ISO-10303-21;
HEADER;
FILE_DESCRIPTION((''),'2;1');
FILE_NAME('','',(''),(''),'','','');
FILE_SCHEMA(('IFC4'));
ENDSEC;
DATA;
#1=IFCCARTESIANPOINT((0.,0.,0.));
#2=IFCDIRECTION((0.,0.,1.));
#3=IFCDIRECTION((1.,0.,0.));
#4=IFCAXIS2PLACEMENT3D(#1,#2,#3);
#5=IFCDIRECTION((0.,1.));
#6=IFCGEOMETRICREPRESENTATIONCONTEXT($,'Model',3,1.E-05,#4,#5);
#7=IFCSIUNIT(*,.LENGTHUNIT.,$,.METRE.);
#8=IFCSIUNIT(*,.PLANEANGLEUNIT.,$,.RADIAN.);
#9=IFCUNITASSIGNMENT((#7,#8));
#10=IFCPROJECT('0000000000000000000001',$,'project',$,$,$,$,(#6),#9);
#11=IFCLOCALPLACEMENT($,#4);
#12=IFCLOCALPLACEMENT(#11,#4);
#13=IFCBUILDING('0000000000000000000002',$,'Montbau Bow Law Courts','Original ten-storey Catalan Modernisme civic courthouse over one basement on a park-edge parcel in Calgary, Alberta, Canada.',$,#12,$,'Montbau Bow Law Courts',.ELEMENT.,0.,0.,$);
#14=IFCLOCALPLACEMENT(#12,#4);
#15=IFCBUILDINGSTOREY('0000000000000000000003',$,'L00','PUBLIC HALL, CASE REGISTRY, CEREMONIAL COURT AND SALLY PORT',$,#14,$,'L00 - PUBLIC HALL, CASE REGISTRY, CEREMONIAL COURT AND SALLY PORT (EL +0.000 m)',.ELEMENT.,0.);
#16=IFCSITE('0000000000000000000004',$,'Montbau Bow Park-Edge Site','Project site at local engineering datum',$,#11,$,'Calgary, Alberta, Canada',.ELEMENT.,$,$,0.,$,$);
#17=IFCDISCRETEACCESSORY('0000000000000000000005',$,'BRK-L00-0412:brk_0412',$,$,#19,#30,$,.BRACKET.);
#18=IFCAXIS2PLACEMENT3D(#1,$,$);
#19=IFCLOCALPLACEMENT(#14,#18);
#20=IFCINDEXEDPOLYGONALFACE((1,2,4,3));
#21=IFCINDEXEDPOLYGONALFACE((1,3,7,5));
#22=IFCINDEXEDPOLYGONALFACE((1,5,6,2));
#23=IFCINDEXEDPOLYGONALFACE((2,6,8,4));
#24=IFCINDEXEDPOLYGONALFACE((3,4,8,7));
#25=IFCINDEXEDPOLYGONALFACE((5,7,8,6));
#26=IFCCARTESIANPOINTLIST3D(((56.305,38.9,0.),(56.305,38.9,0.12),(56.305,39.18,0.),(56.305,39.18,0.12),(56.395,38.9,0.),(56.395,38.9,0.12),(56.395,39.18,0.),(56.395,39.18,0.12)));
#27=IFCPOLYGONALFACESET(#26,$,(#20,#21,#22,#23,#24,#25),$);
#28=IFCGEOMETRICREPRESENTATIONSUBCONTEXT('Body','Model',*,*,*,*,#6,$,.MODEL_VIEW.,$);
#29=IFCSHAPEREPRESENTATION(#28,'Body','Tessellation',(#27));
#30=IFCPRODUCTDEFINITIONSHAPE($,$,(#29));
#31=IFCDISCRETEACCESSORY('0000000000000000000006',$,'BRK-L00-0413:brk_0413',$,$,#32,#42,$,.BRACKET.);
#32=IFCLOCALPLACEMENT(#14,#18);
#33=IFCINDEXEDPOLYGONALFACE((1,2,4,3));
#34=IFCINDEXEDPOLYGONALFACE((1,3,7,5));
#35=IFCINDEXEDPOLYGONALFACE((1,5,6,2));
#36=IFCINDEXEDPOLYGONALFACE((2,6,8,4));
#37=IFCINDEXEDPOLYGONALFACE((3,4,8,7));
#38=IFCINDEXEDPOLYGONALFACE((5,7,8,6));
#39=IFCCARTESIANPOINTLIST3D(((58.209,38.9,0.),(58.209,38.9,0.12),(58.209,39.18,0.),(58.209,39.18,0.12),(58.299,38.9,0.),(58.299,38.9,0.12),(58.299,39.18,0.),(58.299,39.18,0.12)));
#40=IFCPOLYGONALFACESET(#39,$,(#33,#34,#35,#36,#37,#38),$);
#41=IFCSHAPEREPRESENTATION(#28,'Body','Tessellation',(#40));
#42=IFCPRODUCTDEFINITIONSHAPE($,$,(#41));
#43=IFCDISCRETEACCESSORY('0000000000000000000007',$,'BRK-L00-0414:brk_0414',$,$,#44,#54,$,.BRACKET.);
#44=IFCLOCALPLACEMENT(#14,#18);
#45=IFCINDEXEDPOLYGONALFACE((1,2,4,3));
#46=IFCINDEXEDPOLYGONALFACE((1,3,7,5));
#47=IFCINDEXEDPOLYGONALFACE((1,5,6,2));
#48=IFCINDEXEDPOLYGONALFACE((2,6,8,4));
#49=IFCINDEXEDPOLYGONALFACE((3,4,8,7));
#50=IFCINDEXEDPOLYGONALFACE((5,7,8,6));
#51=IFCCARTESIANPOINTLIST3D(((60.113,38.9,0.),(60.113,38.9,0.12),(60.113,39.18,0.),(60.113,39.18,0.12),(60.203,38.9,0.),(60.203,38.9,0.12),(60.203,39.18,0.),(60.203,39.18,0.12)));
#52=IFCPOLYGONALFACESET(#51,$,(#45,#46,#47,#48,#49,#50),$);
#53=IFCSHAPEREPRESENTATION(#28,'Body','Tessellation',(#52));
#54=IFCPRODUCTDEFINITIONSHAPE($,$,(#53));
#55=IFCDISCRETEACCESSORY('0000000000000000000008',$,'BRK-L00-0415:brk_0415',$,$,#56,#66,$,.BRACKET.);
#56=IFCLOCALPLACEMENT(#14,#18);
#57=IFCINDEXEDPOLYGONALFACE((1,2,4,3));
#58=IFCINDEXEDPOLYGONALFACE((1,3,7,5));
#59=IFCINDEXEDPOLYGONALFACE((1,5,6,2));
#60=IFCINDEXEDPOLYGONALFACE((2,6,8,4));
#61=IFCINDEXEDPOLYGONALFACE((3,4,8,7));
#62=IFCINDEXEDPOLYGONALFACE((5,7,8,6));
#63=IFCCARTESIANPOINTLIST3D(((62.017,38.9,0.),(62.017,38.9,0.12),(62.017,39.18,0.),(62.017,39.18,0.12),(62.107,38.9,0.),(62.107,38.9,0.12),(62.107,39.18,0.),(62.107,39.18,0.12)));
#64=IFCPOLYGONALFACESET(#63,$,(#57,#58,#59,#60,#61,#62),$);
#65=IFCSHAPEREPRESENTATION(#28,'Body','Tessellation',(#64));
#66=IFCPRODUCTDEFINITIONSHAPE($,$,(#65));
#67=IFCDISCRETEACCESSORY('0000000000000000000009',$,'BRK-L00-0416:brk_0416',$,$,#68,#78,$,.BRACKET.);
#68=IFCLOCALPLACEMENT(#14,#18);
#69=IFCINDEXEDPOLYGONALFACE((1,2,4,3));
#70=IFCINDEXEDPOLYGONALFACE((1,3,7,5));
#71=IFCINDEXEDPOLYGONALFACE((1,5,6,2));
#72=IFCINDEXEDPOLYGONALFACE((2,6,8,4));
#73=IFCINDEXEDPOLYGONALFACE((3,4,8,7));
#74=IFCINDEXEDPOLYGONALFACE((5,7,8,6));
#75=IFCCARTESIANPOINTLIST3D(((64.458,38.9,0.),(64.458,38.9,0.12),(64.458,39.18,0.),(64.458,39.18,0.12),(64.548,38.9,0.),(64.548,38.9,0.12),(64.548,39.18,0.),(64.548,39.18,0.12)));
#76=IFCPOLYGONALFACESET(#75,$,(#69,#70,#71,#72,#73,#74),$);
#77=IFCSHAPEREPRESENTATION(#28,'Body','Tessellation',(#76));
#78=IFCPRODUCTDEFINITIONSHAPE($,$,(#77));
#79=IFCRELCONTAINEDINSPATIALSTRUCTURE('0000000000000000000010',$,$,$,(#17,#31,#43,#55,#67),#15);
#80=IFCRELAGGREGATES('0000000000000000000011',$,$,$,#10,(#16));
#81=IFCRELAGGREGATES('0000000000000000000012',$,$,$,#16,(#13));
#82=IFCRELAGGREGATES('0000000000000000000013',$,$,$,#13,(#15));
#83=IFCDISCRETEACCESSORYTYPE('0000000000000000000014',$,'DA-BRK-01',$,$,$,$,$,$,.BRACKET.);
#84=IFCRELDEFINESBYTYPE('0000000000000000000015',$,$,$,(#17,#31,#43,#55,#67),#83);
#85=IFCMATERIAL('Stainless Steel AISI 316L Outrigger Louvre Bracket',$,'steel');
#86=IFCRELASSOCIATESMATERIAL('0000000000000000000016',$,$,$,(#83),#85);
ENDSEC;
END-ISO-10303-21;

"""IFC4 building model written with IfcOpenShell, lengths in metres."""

from ifc_helpers import new_model, si_unit, direction, frame, origin_with_axes, origin_2d_with_axis, place, context, subcontext, project, spatial, rectangle, extrude, material, type_object, element, save


model = new_model("IFC4")

# Units and contexts
model_context = context("Model", 3, precision=1e-05, world=origin_with_axes(), true_north=direction((0.0, 1.0)))
body_context = subcontext(model_context, "Body", "Model", "MODEL_VIEW")
ifc_project = project(units=[si_unit("LENGTHUNIT", "METRE"), si_unit("PLANEANGLEUNIT", "RADIAN")], contexts=[model_context])

# Site, building, storey
site_placement = place(None, origin_with_axes())
site = spatial("IfcSite", under=ifc_project, at=site_placement, Name="Montbau Bow Park-Edge Site", Description="Project site at local engineering datum", LongName="Calgary, Alberta, Canada", CompositionType="ELEMENT", RefElevation=0.0)
building_placement = place(site_placement, origin_with_axes())
building = spatial("IfcBuilding", under=site, at=building_placement, Name="Montbau Bow Law Courts", Description="Original ten-storey Catalan Modernisme civic courthouse over one basement on a park-edge parcel in Calgary, Alberta, Canada.", LongName="Montbau Bow Law Courts", CompositionType="ELEMENT", ElevationOfRefHeight=0.0, ElevationOfTerrain=0.0)
storey_placement = place(building_placement, origin_with_axes())
storey = spatial("IfcBuildingStorey", under=building, at=storey_placement, Name="L00", Description="PUBLIC HALL, CASE REGISTRY, CEREMONIAL COURT AND SALLY PORT", LongName="L00 - PUBLIC HALL, CASE REGISTRY, CEREMONIAL COURT AND SALLY PORT (EL +0.000 m)", CompositionType="ELEMENT", Elevation=0.0)

# Discrete accessories
ifc_material_1 = material(Name="Stainless Steel AISI 316L Outrigger Louvre Bracket", Category="steel")
discrete_accessory_type = type_object("IfcDiscreteAccessoryType", Name="DA-BRK-01", PredefinedType="BRACKET", material=ifc_material_1)
for number, where, z_axis, x_axis, name in (
    (1, (56.35, 39.04, 0.0), (0.0, 0.0, 1.0), (0.0, -1.0, 0.0), "BRK-L00-0412:brk_0412"),
    (2, (58.254, 39.04, 0.0), (0.0, 0.0, 1.0), (0.0, -1.0, 0.0), "BRK-L00-0413:brk_0413"),
    (3, (60.158, 39.04, 0.0), (0.0, 0.0, 1.0), (0.0, -1.0, 0.0), "BRK-L00-0414:brk_0414"),
    (4, (62.062, 39.04, 0.0), (0.0, 0.0, 1.0), (0.0, -1.0, 0.0), "BRK-L00-0415:brk_0415"),
    (5, (64.503, 39.04, 0.0), (0.0, 0.0, 1.0), (0.0, -1.0, 0.0), "BRK-L00-0416:brk_0416"),
):
    element("IfcDiscreteAccessory", number, at=place(None, frame(where, z_axis=z_axis, x_axis=x_axis)), inside=storey, type_object=discrete_accessory_type, Name=name, PredefinedType="BRACKET", context=body_context, shape_type="SweptSolid", body=[
        extrude(rectangle(XDim=0.28, YDim=0.09, at=origin_2d_with_axis()), origin_with_axes(), (0.0, 0.0, 1.0), 0.12),
    ])

save(model, "model.ifc")
